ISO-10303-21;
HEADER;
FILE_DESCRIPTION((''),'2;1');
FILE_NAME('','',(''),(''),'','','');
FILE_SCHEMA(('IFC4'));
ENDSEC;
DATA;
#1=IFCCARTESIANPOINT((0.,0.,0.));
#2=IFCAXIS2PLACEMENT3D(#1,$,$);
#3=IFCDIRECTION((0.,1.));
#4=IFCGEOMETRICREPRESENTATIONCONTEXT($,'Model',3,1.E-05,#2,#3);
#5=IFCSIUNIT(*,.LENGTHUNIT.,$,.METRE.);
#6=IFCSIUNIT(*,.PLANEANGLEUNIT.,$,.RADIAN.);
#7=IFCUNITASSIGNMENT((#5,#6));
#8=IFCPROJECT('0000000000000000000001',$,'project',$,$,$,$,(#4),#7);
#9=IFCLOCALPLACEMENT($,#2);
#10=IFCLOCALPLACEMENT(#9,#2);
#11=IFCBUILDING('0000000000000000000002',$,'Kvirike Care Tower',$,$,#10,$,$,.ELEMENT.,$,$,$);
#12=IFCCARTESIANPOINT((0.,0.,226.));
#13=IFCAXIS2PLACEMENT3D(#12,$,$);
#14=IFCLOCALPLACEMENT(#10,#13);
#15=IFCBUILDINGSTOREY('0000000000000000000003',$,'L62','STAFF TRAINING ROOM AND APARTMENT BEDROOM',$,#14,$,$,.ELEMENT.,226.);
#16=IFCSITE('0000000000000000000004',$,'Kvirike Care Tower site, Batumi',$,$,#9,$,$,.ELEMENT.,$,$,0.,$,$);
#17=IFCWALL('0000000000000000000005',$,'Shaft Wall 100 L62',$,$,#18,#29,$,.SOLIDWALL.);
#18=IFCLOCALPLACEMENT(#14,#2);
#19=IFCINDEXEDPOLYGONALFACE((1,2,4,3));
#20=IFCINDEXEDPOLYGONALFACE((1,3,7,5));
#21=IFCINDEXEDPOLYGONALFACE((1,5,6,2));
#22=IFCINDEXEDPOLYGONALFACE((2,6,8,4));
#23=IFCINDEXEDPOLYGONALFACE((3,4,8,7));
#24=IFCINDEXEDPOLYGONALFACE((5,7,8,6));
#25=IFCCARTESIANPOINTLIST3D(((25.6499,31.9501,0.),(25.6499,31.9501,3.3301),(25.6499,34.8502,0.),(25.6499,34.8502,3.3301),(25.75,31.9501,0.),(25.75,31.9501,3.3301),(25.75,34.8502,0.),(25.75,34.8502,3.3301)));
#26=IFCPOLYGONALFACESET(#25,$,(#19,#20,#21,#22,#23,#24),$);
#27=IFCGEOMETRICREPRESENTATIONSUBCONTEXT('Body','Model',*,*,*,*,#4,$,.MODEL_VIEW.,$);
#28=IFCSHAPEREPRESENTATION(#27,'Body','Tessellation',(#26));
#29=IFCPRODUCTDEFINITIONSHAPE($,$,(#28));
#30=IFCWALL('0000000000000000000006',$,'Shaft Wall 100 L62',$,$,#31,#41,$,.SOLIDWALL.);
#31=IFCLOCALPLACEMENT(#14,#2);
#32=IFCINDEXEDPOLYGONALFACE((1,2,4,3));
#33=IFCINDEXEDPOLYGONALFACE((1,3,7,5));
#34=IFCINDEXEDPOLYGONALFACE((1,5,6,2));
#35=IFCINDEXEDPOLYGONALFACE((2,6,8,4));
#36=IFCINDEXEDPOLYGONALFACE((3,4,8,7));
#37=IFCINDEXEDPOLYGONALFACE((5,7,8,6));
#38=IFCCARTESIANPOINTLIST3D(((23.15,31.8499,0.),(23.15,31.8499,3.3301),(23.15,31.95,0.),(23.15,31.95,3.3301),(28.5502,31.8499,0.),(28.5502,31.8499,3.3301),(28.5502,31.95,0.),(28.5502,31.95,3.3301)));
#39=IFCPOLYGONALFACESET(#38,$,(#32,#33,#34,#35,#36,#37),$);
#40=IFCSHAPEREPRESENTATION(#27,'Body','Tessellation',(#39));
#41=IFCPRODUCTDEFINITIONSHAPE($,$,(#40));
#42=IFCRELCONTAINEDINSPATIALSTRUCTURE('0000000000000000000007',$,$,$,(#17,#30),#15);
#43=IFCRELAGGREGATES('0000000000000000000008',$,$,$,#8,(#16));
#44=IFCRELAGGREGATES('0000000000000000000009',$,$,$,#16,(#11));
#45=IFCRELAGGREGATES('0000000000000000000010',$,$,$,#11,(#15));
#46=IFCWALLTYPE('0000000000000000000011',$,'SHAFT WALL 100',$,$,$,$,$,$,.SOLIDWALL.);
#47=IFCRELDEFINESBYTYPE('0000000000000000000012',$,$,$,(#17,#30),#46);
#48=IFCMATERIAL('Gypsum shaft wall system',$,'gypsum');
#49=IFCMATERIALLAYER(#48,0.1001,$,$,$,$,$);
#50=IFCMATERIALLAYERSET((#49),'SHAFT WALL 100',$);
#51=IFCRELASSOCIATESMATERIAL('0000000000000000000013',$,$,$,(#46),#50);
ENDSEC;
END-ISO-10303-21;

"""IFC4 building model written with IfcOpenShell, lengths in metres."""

from ifc_helpers import new_model, si_unit, direction, frame, frame_2d, origin, place, context, subcontext, project, spatial, rectangle, extrude, material, layer, layer_set, type_object, element, save


model = new_model("IFC4")

# Units and contexts
model_context = context("Model", 3, precision=1e-05, world=origin(), true_north=direction((0.0, 1.0)))
body_context = subcontext(model_context, "Body", "Model", "MODEL_VIEW")
ifc_project = project(units=[si_unit("LENGTHUNIT", "METRE"), si_unit("PLANEANGLEUNIT", "RADIAN")], contexts=[model_context])

# Site, building, storey
site_placement = place(None, origin())
site = spatial("IfcSite", under=ifc_project, at=site_placement, Name="Kvirike Care Tower site, Batumi", CompositionType="ELEMENT", RefElevation=0.0)
building_placement = place(site_placement, origin())
building = spatial("IfcBuilding", under=site, at=building_placement, Name="Kvirike Care Tower", CompositionType="ELEMENT")
storey_placement = place(building_placement, frame((0.0, 0.0, 226.0)))
storey = spatial("IfcBuildingStorey", under=building, at=storey_placement, Name="L62", Description="STAFF TRAINING ROOM AND APARTMENT BEDROOM", CompositionType="ELEMENT", Elevation=226.0)

# Shared definitions
ifc_material_1 = material(Name="Gypsum shaft wall system", Category="gypsum")
ifc_layer_1 = layer(ifc_material_1, 0.1001)
ifc_layer_set_1 = layer_set([ifc_layer_1], Name="SHAFT WALL 100")
wall_type = type_object("IfcWallType", Name="SHAFT WALL 100", PredefinedType="SOLIDWALL", material=ifc_layer_set_1)

# Walls
wall_1_placement = place(storey_placement, frame((25.7, 31.95, 0.0), z_axis=(0.0, 0.0, 1.0), x_axis=(0.0, 1.0, 0.0)))
element("IfcWall", 1, at=wall_1_placement, inside=storey, type_object=wall_type, Name="Shaft Wall 100 L62", PredefinedType="SOLIDWALL", context=body_context, shape_type="SweptSolid", body=[
    extrude(rectangle(XDim=2.9001, YDim=0.1001, at=frame_2d((1.4502, 0.0))), origin(), (0.0, 0.0, 1.0), 3.3301),
])
wall_2_placement = place(storey_placement, frame((23.1499, 31.8999, 0.0), z_axis=(0.0, 0.0, 1.0), x_axis=(1.0, 0.0, 0.0)))
element("IfcWall", 2, at=wall_2_placement, inside=storey, type_object=wall_type, Name="Shaft Wall 100 L62", PredefinedType="SOLIDWALL", context=body_context, shape_type="SweptSolid", body=[
    extrude(rectangle(XDim=5.4001, YDim=0.1001, at=frame_2d((2.7002, 0.0))), origin(), (0.0, 0.0, 1.0), 3.3301),
])

save(model, "model.ifc")
